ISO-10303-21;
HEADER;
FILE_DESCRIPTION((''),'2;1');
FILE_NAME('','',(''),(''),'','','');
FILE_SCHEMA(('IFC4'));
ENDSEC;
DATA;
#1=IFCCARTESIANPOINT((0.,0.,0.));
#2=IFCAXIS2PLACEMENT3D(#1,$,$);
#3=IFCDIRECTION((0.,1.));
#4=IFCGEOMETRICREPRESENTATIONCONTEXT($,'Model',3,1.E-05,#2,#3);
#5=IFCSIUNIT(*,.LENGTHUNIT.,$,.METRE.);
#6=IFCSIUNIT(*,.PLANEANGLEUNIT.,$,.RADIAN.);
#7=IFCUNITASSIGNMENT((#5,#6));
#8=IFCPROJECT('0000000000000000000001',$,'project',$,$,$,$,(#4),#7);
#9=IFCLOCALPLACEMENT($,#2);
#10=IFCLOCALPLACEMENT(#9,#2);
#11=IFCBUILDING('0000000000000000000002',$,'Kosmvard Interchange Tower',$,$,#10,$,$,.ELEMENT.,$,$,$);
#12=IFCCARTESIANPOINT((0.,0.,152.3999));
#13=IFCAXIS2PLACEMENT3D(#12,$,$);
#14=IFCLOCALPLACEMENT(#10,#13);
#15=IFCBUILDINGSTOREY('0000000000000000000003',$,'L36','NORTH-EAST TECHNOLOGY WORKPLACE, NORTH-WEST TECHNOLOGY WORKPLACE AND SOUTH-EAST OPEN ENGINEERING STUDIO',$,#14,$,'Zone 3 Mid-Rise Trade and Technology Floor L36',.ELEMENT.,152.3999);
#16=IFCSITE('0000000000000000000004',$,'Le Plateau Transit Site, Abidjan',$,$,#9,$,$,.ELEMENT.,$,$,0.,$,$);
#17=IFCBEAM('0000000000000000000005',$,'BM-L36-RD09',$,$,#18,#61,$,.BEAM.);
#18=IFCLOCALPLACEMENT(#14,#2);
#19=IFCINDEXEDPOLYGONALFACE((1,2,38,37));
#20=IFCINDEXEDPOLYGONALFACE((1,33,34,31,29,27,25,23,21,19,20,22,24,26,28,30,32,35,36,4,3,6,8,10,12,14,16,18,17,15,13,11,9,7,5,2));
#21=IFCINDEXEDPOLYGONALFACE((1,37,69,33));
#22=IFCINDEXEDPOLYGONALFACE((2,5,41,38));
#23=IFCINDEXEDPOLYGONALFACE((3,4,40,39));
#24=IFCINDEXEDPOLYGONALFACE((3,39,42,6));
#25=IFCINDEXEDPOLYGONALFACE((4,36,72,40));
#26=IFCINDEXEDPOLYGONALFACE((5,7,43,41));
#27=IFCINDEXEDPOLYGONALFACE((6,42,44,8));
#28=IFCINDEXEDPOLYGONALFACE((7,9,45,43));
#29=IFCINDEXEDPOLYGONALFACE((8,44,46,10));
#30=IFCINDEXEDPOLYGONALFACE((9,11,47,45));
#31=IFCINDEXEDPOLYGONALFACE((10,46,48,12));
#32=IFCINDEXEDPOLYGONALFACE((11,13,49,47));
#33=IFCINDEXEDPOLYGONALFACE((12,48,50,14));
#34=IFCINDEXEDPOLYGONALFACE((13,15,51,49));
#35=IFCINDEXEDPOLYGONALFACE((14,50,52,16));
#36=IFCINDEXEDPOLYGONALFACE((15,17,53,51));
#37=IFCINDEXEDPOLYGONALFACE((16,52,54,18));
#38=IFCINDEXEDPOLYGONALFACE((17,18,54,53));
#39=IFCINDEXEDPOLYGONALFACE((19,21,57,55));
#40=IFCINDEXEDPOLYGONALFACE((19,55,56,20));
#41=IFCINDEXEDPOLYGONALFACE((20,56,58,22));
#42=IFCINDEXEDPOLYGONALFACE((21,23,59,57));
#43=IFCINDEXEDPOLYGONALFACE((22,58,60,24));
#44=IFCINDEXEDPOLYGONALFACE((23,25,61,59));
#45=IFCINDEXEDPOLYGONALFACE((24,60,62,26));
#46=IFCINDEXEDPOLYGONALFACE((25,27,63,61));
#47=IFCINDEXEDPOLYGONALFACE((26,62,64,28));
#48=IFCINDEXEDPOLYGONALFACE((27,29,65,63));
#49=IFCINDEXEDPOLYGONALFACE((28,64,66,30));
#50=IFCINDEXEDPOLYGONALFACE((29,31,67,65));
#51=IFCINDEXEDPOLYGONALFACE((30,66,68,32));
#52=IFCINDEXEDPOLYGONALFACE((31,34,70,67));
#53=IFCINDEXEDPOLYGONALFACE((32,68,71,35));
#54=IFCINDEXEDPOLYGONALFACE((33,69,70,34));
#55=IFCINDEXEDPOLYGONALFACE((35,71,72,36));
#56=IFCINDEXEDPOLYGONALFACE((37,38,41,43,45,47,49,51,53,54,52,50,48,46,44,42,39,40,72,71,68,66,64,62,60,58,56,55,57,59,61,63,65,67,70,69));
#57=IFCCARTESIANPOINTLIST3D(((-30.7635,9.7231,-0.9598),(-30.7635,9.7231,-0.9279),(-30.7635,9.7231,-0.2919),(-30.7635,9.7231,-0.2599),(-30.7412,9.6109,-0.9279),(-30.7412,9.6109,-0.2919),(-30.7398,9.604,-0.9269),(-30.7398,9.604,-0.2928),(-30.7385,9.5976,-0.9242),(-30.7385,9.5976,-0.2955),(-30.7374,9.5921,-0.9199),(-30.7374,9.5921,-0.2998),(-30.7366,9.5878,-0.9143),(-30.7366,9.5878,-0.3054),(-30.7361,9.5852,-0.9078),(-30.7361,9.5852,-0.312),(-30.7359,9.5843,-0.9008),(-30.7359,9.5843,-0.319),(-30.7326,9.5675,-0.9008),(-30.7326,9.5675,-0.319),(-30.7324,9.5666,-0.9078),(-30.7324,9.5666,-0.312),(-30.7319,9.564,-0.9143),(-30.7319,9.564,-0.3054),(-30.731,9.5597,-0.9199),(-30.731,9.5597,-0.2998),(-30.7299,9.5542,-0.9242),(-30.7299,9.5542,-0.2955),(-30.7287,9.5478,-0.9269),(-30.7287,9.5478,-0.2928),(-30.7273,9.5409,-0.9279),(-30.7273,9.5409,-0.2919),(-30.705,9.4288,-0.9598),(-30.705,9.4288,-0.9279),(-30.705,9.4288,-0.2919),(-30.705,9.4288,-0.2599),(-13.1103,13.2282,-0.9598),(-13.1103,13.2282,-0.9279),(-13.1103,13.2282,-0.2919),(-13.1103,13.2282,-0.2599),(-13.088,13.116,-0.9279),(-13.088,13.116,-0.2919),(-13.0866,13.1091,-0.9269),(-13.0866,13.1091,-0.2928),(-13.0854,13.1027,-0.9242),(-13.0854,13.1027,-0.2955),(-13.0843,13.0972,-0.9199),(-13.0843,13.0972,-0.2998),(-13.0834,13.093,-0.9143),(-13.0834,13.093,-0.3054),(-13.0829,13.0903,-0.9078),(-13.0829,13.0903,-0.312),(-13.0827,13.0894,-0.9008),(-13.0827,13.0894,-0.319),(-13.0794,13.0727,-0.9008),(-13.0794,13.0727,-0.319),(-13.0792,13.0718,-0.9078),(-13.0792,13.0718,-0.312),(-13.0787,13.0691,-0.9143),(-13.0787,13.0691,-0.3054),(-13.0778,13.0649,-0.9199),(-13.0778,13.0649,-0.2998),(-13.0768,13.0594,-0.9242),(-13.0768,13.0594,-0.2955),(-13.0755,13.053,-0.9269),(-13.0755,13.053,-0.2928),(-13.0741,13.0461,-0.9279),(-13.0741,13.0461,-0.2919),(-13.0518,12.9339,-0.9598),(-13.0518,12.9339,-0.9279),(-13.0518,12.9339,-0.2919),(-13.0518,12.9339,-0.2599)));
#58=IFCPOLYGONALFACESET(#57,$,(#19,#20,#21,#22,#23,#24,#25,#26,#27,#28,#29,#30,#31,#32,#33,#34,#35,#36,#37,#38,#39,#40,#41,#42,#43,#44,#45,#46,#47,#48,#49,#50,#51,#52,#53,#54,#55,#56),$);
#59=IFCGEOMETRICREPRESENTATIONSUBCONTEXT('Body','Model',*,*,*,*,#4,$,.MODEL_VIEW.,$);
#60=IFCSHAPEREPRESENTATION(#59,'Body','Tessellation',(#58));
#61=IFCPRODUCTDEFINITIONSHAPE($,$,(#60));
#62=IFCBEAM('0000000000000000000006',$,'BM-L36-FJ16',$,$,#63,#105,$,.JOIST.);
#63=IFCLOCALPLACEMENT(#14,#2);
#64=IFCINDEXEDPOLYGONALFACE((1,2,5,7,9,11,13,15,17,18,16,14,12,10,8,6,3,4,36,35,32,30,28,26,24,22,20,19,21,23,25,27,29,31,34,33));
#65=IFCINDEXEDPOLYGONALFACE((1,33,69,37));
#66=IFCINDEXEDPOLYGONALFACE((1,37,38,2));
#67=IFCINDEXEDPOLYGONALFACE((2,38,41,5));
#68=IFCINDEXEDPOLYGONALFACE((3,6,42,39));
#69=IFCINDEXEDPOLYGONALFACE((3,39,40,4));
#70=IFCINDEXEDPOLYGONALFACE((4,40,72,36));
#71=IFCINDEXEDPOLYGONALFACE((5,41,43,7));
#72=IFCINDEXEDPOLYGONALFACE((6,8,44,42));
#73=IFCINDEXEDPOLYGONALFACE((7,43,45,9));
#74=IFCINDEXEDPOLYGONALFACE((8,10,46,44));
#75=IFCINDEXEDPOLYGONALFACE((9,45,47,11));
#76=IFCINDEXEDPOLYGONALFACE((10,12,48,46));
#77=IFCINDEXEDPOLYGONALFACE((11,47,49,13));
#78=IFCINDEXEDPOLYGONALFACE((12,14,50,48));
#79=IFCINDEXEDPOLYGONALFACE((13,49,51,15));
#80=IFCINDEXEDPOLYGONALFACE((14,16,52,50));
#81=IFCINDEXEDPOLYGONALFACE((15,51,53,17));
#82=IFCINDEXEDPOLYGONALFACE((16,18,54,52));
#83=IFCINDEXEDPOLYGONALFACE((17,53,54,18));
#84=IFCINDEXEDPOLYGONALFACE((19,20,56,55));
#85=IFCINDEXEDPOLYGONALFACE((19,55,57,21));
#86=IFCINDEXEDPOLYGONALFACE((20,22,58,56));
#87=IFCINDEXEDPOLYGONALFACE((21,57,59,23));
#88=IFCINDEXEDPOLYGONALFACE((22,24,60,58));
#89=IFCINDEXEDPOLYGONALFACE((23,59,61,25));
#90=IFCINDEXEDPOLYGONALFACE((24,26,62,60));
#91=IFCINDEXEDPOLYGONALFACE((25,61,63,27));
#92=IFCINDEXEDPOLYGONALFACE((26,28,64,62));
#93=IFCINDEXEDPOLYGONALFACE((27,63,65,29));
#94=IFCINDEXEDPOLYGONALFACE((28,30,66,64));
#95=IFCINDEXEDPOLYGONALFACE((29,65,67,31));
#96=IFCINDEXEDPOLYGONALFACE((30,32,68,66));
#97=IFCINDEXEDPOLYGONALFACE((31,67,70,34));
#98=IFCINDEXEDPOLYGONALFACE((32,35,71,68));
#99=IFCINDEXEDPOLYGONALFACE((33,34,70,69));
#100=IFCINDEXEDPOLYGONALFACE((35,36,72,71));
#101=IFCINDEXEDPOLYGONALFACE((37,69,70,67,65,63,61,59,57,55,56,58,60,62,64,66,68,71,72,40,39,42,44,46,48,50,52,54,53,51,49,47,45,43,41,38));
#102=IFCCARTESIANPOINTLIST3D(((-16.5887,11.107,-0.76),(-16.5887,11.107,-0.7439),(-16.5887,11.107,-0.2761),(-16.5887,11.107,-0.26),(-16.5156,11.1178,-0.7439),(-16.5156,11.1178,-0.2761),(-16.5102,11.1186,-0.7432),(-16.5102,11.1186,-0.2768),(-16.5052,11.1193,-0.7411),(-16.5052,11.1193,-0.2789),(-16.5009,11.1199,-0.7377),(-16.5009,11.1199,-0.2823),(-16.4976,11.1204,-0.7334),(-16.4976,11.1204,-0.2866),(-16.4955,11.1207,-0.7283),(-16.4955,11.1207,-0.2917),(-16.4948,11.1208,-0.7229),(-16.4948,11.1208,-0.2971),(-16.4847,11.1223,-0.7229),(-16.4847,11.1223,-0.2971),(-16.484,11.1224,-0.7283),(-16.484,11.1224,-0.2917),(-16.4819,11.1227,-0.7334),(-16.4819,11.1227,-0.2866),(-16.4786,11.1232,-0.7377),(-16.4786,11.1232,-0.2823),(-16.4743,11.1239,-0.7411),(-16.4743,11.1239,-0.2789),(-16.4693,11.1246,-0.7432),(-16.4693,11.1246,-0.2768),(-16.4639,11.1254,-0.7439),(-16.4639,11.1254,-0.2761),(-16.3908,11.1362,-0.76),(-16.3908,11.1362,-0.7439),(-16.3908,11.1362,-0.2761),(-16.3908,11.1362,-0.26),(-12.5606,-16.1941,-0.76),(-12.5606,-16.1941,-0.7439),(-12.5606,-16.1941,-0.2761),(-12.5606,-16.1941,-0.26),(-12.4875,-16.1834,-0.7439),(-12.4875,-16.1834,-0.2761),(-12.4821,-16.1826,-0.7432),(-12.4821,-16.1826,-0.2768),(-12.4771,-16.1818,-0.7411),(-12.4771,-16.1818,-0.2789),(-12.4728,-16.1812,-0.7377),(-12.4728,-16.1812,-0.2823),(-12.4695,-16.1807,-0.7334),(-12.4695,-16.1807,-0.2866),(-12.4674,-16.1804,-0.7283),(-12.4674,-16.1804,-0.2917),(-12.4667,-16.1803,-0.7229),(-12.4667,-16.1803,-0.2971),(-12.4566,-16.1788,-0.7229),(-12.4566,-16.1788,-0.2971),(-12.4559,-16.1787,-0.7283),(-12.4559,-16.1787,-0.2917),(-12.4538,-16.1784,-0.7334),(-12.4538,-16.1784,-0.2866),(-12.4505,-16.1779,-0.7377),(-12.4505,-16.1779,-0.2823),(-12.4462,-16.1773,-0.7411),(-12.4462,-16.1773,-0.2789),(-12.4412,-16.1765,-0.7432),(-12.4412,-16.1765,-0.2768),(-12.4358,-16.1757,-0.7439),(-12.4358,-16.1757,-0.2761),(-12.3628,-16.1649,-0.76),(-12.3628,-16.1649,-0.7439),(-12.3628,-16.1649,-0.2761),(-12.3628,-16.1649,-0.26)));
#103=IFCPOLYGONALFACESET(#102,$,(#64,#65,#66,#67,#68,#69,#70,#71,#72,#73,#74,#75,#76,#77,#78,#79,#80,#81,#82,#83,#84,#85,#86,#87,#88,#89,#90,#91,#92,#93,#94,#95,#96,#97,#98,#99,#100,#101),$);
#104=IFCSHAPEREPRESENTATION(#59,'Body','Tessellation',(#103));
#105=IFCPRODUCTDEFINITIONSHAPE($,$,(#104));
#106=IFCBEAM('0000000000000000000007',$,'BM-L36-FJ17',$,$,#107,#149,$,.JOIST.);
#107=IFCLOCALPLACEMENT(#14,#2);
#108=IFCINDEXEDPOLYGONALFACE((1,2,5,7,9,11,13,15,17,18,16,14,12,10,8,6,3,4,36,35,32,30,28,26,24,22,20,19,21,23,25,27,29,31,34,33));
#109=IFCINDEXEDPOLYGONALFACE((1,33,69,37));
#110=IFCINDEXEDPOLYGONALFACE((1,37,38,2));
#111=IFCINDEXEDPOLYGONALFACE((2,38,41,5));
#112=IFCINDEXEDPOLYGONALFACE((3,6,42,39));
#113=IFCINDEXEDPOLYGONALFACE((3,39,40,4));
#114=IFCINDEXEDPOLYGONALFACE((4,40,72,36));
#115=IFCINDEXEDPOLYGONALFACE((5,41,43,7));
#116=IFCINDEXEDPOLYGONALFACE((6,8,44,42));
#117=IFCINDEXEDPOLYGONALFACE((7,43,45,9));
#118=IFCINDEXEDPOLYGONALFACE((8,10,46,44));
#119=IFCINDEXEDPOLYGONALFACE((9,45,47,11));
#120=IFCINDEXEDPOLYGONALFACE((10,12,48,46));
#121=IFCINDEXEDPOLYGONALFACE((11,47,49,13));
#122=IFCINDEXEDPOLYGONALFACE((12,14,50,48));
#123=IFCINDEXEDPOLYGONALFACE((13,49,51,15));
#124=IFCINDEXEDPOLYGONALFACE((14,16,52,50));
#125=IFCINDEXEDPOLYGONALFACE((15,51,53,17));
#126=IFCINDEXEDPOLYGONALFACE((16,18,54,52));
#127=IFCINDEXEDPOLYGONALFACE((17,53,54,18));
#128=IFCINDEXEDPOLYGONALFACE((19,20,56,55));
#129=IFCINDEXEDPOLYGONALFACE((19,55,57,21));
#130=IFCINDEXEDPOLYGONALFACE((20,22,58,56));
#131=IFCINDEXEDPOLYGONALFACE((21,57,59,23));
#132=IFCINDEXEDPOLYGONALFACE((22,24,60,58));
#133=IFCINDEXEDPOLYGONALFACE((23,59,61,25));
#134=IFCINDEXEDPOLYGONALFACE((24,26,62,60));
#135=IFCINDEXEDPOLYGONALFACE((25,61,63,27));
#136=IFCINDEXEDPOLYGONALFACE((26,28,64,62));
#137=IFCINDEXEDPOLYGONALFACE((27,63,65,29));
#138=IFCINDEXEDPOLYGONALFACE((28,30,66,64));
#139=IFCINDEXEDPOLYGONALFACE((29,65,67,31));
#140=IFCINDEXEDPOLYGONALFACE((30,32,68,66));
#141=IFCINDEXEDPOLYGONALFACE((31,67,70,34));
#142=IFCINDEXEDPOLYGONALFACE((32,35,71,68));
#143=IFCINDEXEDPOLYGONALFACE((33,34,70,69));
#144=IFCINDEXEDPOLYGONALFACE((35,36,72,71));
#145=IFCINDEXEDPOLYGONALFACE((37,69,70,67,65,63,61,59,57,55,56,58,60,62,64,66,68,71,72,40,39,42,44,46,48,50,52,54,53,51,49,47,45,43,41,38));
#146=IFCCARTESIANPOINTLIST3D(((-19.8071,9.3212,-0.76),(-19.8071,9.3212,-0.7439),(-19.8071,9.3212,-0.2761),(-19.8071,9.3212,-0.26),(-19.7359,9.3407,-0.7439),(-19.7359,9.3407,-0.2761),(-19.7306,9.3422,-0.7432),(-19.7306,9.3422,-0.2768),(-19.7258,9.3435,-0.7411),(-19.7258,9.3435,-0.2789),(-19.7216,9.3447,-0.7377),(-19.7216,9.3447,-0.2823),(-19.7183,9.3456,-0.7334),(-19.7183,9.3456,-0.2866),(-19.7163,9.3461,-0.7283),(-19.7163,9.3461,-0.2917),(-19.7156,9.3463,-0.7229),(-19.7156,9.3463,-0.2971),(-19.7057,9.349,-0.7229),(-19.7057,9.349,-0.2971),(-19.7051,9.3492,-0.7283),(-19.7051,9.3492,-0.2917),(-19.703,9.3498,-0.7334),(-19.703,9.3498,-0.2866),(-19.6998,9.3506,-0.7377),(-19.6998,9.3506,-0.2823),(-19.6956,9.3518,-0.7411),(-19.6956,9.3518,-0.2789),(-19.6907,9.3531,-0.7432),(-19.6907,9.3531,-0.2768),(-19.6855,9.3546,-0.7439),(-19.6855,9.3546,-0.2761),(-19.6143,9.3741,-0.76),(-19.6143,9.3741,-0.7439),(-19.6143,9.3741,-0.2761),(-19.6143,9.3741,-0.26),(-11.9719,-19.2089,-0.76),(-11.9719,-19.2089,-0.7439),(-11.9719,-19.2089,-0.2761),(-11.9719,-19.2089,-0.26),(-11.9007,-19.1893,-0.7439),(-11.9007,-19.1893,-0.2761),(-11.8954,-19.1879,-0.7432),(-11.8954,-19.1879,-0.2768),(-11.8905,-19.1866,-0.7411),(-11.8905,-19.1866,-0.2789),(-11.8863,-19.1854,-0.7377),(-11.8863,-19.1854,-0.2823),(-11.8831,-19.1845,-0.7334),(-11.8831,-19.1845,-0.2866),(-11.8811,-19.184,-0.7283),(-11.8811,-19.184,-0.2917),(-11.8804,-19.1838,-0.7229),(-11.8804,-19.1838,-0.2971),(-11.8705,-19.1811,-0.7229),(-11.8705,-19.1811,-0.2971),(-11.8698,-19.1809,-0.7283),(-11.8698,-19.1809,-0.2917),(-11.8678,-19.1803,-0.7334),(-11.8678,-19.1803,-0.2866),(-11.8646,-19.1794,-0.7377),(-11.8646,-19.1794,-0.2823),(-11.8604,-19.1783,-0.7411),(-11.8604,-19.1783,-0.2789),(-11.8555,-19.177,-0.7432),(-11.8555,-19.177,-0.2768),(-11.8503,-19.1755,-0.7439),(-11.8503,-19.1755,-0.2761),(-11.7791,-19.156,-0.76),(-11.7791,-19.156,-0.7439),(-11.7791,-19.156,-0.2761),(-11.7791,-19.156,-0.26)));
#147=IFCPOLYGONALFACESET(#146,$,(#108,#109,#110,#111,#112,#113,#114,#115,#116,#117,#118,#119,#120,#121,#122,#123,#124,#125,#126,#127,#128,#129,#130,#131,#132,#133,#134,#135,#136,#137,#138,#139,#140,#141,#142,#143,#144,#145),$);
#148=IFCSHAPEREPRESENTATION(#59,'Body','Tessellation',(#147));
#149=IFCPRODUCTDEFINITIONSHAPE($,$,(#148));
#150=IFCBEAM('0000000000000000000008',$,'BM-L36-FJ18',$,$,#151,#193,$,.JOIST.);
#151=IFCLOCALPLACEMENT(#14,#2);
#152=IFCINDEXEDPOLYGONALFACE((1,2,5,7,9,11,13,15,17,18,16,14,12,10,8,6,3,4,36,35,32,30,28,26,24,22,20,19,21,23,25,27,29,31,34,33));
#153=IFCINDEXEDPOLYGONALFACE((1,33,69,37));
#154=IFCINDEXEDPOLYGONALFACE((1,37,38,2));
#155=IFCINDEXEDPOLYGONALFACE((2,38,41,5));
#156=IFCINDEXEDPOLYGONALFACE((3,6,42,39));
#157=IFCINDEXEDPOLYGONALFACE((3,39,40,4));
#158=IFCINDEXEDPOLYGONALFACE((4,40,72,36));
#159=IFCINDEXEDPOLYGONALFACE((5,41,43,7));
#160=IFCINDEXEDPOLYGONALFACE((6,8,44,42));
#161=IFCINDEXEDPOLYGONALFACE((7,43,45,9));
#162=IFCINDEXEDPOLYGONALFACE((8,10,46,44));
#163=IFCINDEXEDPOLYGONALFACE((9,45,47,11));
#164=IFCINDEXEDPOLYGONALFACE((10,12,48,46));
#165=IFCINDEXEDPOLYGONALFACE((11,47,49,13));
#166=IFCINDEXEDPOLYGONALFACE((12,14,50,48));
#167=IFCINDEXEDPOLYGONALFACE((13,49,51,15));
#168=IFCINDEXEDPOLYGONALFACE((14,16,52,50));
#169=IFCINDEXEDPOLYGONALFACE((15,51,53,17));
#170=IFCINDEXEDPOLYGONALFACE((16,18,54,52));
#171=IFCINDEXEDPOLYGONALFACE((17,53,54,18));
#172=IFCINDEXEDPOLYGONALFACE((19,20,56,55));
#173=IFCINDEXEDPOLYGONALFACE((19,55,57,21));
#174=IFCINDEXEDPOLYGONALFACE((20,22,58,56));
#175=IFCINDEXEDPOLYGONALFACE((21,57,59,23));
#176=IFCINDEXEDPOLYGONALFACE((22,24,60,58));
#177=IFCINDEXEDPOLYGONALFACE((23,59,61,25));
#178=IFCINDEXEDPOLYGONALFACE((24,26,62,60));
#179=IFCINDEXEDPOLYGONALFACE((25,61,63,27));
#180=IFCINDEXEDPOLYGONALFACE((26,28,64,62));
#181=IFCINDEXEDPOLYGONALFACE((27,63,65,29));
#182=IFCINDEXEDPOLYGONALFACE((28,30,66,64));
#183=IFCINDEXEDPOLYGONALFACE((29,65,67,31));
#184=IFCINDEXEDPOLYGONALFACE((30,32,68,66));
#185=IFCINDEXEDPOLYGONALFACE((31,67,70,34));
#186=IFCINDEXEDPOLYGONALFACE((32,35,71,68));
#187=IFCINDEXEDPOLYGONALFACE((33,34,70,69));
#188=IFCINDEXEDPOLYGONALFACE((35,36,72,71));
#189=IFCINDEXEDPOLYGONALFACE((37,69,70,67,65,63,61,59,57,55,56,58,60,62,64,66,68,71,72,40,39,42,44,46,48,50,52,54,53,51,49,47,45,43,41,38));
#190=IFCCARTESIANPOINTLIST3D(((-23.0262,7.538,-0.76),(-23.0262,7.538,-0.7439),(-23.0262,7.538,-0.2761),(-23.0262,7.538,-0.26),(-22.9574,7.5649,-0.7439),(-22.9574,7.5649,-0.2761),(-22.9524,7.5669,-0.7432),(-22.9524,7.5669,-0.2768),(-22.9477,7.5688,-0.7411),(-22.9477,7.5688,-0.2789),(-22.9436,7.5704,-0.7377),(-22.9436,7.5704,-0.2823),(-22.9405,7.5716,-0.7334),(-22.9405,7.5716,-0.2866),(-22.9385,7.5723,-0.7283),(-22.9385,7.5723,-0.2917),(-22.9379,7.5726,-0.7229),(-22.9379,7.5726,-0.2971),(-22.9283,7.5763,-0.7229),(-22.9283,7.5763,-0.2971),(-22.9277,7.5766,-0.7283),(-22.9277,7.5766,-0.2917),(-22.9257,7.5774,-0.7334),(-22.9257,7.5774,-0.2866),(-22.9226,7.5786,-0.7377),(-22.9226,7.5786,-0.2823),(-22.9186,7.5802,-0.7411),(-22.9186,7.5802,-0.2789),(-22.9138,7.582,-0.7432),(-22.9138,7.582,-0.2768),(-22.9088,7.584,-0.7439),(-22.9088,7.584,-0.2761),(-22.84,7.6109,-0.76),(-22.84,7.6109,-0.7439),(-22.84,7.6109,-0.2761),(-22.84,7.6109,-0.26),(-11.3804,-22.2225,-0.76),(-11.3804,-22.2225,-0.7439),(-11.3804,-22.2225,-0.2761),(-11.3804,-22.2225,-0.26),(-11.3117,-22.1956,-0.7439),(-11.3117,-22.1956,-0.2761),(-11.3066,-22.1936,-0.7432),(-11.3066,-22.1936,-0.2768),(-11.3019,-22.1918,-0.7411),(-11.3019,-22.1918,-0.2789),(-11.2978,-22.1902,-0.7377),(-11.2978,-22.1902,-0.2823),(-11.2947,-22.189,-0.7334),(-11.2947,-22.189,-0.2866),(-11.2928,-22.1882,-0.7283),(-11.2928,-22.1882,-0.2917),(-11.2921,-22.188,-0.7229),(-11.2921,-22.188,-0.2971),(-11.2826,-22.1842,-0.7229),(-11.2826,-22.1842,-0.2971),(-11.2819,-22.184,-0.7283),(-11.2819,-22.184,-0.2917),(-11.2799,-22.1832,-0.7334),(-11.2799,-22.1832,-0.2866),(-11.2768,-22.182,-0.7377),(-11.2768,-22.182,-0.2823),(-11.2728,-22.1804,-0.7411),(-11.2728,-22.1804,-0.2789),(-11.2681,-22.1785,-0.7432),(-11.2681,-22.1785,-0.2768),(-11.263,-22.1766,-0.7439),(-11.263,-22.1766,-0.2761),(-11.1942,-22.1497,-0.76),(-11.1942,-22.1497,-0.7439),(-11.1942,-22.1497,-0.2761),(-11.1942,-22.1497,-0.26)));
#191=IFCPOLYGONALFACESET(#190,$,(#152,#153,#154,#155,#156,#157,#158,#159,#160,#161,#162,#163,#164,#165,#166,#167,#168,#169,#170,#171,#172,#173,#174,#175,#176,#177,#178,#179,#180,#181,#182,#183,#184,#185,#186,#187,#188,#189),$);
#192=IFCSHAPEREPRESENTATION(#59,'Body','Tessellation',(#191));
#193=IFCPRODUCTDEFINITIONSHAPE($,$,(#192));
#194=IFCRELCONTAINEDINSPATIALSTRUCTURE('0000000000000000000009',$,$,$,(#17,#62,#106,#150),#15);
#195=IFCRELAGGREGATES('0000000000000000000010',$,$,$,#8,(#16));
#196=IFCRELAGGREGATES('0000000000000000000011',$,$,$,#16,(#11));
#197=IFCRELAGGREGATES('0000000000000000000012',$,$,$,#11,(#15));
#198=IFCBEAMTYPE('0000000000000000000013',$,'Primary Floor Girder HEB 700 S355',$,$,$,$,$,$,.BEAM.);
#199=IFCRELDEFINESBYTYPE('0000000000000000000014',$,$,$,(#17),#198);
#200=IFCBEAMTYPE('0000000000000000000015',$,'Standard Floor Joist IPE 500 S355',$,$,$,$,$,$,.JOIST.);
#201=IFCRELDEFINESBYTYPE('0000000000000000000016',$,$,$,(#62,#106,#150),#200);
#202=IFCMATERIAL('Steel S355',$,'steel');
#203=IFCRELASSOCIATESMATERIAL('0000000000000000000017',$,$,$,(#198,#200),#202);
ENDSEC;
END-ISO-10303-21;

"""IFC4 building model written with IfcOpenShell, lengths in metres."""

from ifc_helpers import new_model, si_unit, direction, frame, origin, origin_2d, place, context, subcontext, project, spatial, i_section, extrude, source, transform, mapped, material, material_profile, profile_set, type_object, element, save


model = new_model("IFC4")

# Units and contexts
model_context = context("Model", 3, precision=1e-05, world=origin(), true_north=direction((0.0, 1.0)))
body_context = subcontext(model_context, "Body", "Model", "MODEL_VIEW")
ifc_project = project(units=[si_unit("LENGTHUNIT", "METRE"), si_unit("PLANEANGLEUNIT", "RADIAN")], contexts=[model_context])

# Site, building, storey
site_placement = place(None, origin())
site = spatial("IfcSite", under=ifc_project, at=site_placement, Name="Le Plateau Transit Site, Abidjan", CompositionType="ELEMENT", RefElevation=0.0)
building_placement = place(site_placement, origin())
building = spatial("IfcBuilding", under=site, at=building_placement, Name="Kosmvard Interchange Tower", CompositionType="ELEMENT")
storey_placement = place(building_placement, frame((0.0, 0.0, 152.3999)))
storey = spatial("IfcBuildingStorey", under=building, at=storey_placement, Name="L36", Description="NORTH-EAST TECHNOLOGY WORKPLACE, NORTH-WEST TECHNOLOGY WORKPLACE AND SOUTH-EAST OPEN ENGINEERING STUDIO", LongName="Zone 3 Mid-Rise Trade and Technology Floor L36", CompositionType="ELEMENT", Elevation=152.3999)

# Beams
ifc_material_1 = material(Name="Steel S355", Category="steel")
ifc_material_profile_1 = material_profile(ifc_material_1, i_section(OverallWidth=0.3, OverallDepth=0.7, WebThickness=0.0171, FlangeThickness=0.032, FilletRadius=0.0271, at=origin_2d()), Name="HEB 700")
ifc_profile_set_1 = profile_set([ifc_material_profile_1], Name="Steel S355")
beam_type_1 = type_object("IfcBeamType", Name="Primary Floor Girder HEB 700 S355", PredefinedType="BEAM", material=ifc_profile_set_1)
shared_shape_1 = source(origin(), body_context, "Body", "SweptSolid", [
    extrude(i_section(OverallWidth=0.3, OverallDepth=0.7, WebThickness=0.0171, FlangeThickness=0.032, FilletRadius=0.0271, at=origin_2d()), origin(), (0.0, 0.0, 1.0), 17.9978),
])
beam_1_placement = place(storey_placement, frame((-13.0811, 13.0811, -0.6099), z_axis=(-0.980852, -0.194754, 0.0), x_axis=(0.194754, -0.980852, 0.0)))
element("IfcBeam", 1, at=beam_1_placement, inside=storey, type_object=beam_type_1, Name="BM-L36-RD09", PredefinedType="BEAM", context=body_context, shape_type="MappedRepresentation", body=[
    mapped(shared_shape_1, transform((0.0, 0.0, 0.0), scale=1.0)),
])
ifc_material_profile_2 = material_profile(ifc_material_1, i_section(OverallWidth=0.2, OverallDepth=0.5, WebThickness=0.0103, FlangeThickness=0.0161, FilletRadius=0.021, at=origin_2d()), Name="IPE 500")
ifc_profile_set_2 = profile_set([ifc_material_profile_2], Name="Steel S355")
beam_type_2 = type_object("IfcBeamType", Name="Standard Floor Joist IPE 500 S355", PredefinedType="JOIST", material=ifc_profile_set_2)
shared_shape_2 = source(origin(), body_context, "Body", "SweptSolid", [
    extrude(i_section(OverallWidth=0.2, OverallDepth=0.5, WebThickness=0.0103, FlangeThickness=0.0161, FilletRadius=0.021, at=origin_2d()), origin(), (0.0, 0.0, 1.0), 27.5967),
])
beam_2_placement = place(storey_placement, frame((-16.4897, 11.1216, -0.51), z_axis=(0.145963, -0.98929, 0.0), x_axis=(0.98929, 0.145963, 0.0)))
element("IfcBeam", 2, at=beam_2_placement, inside=storey, type_object=beam_type_2, Name="BM-L36-FJ16", PredefinedType="JOIST", context=body_context, shape_type="MappedRepresentation", body=[
    mapped(shared_shape_2, transform((0.0, 0.0, 0.0), scale=1.0)),
])
shared_shape_3 = source(origin(), body_context, "Body", "SweptSolid", [
    extrude(i_section(OverallWidth=0.2, OverallDepth=0.5, WebThickness=0.0103, FlangeThickness=0.0161, FilletRadius=0.021, at=origin_2d()), origin(), (0.0, 0.0, 1.0), 29.5864),
])
beam_3_placement = place(storey_placement, frame((-19.7107, 9.3477, -0.51), z_axis=(0.264825, -0.964297, 0.0), x_axis=(0.964297, 0.264825, 0.0)))
element("IfcBeam", 3, at=beam_3_placement, inside=storey, type_object=beam_type_2, Name="BM-L36-FJ17", PredefinedType="JOIST", context=body_context, shape_type="MappedRepresentation", body=[
    mapped(shared_shape_3, transform((0.0, 0.0, 0.0), scale=1.0)),
])
shared_shape_4 = source(origin(), body_context, "Body", "SweptSolid", [
    extrude(i_section(OverallWidth=0.2, OverallDepth=0.5, WebThickness=0.0103, FlangeThickness=0.0161, FilletRadius=0.021, at=origin_2d()), origin(), (0.0, 0.0, 1.0), 31.958),
])
beam_4_placement = place(storey_placement, frame((-22.9331, 7.5745, -0.51), z_axis=(0.364409, -0.931239, 0.0), x_axis=(0.931239, 0.364409, 0.0)))
element("IfcBeam", 4, at=beam_4_placement, inside=storey, type_object=beam_type_2, Name="BM-L36-FJ18", PredefinedType="JOIST", context=body_context, shape_type="MappedRepresentation", body=[
    mapped(shared_shape_4, transform((0.0, 0.0, 0.0), scale=1.0)),
])

save(model, "model.ifc")
